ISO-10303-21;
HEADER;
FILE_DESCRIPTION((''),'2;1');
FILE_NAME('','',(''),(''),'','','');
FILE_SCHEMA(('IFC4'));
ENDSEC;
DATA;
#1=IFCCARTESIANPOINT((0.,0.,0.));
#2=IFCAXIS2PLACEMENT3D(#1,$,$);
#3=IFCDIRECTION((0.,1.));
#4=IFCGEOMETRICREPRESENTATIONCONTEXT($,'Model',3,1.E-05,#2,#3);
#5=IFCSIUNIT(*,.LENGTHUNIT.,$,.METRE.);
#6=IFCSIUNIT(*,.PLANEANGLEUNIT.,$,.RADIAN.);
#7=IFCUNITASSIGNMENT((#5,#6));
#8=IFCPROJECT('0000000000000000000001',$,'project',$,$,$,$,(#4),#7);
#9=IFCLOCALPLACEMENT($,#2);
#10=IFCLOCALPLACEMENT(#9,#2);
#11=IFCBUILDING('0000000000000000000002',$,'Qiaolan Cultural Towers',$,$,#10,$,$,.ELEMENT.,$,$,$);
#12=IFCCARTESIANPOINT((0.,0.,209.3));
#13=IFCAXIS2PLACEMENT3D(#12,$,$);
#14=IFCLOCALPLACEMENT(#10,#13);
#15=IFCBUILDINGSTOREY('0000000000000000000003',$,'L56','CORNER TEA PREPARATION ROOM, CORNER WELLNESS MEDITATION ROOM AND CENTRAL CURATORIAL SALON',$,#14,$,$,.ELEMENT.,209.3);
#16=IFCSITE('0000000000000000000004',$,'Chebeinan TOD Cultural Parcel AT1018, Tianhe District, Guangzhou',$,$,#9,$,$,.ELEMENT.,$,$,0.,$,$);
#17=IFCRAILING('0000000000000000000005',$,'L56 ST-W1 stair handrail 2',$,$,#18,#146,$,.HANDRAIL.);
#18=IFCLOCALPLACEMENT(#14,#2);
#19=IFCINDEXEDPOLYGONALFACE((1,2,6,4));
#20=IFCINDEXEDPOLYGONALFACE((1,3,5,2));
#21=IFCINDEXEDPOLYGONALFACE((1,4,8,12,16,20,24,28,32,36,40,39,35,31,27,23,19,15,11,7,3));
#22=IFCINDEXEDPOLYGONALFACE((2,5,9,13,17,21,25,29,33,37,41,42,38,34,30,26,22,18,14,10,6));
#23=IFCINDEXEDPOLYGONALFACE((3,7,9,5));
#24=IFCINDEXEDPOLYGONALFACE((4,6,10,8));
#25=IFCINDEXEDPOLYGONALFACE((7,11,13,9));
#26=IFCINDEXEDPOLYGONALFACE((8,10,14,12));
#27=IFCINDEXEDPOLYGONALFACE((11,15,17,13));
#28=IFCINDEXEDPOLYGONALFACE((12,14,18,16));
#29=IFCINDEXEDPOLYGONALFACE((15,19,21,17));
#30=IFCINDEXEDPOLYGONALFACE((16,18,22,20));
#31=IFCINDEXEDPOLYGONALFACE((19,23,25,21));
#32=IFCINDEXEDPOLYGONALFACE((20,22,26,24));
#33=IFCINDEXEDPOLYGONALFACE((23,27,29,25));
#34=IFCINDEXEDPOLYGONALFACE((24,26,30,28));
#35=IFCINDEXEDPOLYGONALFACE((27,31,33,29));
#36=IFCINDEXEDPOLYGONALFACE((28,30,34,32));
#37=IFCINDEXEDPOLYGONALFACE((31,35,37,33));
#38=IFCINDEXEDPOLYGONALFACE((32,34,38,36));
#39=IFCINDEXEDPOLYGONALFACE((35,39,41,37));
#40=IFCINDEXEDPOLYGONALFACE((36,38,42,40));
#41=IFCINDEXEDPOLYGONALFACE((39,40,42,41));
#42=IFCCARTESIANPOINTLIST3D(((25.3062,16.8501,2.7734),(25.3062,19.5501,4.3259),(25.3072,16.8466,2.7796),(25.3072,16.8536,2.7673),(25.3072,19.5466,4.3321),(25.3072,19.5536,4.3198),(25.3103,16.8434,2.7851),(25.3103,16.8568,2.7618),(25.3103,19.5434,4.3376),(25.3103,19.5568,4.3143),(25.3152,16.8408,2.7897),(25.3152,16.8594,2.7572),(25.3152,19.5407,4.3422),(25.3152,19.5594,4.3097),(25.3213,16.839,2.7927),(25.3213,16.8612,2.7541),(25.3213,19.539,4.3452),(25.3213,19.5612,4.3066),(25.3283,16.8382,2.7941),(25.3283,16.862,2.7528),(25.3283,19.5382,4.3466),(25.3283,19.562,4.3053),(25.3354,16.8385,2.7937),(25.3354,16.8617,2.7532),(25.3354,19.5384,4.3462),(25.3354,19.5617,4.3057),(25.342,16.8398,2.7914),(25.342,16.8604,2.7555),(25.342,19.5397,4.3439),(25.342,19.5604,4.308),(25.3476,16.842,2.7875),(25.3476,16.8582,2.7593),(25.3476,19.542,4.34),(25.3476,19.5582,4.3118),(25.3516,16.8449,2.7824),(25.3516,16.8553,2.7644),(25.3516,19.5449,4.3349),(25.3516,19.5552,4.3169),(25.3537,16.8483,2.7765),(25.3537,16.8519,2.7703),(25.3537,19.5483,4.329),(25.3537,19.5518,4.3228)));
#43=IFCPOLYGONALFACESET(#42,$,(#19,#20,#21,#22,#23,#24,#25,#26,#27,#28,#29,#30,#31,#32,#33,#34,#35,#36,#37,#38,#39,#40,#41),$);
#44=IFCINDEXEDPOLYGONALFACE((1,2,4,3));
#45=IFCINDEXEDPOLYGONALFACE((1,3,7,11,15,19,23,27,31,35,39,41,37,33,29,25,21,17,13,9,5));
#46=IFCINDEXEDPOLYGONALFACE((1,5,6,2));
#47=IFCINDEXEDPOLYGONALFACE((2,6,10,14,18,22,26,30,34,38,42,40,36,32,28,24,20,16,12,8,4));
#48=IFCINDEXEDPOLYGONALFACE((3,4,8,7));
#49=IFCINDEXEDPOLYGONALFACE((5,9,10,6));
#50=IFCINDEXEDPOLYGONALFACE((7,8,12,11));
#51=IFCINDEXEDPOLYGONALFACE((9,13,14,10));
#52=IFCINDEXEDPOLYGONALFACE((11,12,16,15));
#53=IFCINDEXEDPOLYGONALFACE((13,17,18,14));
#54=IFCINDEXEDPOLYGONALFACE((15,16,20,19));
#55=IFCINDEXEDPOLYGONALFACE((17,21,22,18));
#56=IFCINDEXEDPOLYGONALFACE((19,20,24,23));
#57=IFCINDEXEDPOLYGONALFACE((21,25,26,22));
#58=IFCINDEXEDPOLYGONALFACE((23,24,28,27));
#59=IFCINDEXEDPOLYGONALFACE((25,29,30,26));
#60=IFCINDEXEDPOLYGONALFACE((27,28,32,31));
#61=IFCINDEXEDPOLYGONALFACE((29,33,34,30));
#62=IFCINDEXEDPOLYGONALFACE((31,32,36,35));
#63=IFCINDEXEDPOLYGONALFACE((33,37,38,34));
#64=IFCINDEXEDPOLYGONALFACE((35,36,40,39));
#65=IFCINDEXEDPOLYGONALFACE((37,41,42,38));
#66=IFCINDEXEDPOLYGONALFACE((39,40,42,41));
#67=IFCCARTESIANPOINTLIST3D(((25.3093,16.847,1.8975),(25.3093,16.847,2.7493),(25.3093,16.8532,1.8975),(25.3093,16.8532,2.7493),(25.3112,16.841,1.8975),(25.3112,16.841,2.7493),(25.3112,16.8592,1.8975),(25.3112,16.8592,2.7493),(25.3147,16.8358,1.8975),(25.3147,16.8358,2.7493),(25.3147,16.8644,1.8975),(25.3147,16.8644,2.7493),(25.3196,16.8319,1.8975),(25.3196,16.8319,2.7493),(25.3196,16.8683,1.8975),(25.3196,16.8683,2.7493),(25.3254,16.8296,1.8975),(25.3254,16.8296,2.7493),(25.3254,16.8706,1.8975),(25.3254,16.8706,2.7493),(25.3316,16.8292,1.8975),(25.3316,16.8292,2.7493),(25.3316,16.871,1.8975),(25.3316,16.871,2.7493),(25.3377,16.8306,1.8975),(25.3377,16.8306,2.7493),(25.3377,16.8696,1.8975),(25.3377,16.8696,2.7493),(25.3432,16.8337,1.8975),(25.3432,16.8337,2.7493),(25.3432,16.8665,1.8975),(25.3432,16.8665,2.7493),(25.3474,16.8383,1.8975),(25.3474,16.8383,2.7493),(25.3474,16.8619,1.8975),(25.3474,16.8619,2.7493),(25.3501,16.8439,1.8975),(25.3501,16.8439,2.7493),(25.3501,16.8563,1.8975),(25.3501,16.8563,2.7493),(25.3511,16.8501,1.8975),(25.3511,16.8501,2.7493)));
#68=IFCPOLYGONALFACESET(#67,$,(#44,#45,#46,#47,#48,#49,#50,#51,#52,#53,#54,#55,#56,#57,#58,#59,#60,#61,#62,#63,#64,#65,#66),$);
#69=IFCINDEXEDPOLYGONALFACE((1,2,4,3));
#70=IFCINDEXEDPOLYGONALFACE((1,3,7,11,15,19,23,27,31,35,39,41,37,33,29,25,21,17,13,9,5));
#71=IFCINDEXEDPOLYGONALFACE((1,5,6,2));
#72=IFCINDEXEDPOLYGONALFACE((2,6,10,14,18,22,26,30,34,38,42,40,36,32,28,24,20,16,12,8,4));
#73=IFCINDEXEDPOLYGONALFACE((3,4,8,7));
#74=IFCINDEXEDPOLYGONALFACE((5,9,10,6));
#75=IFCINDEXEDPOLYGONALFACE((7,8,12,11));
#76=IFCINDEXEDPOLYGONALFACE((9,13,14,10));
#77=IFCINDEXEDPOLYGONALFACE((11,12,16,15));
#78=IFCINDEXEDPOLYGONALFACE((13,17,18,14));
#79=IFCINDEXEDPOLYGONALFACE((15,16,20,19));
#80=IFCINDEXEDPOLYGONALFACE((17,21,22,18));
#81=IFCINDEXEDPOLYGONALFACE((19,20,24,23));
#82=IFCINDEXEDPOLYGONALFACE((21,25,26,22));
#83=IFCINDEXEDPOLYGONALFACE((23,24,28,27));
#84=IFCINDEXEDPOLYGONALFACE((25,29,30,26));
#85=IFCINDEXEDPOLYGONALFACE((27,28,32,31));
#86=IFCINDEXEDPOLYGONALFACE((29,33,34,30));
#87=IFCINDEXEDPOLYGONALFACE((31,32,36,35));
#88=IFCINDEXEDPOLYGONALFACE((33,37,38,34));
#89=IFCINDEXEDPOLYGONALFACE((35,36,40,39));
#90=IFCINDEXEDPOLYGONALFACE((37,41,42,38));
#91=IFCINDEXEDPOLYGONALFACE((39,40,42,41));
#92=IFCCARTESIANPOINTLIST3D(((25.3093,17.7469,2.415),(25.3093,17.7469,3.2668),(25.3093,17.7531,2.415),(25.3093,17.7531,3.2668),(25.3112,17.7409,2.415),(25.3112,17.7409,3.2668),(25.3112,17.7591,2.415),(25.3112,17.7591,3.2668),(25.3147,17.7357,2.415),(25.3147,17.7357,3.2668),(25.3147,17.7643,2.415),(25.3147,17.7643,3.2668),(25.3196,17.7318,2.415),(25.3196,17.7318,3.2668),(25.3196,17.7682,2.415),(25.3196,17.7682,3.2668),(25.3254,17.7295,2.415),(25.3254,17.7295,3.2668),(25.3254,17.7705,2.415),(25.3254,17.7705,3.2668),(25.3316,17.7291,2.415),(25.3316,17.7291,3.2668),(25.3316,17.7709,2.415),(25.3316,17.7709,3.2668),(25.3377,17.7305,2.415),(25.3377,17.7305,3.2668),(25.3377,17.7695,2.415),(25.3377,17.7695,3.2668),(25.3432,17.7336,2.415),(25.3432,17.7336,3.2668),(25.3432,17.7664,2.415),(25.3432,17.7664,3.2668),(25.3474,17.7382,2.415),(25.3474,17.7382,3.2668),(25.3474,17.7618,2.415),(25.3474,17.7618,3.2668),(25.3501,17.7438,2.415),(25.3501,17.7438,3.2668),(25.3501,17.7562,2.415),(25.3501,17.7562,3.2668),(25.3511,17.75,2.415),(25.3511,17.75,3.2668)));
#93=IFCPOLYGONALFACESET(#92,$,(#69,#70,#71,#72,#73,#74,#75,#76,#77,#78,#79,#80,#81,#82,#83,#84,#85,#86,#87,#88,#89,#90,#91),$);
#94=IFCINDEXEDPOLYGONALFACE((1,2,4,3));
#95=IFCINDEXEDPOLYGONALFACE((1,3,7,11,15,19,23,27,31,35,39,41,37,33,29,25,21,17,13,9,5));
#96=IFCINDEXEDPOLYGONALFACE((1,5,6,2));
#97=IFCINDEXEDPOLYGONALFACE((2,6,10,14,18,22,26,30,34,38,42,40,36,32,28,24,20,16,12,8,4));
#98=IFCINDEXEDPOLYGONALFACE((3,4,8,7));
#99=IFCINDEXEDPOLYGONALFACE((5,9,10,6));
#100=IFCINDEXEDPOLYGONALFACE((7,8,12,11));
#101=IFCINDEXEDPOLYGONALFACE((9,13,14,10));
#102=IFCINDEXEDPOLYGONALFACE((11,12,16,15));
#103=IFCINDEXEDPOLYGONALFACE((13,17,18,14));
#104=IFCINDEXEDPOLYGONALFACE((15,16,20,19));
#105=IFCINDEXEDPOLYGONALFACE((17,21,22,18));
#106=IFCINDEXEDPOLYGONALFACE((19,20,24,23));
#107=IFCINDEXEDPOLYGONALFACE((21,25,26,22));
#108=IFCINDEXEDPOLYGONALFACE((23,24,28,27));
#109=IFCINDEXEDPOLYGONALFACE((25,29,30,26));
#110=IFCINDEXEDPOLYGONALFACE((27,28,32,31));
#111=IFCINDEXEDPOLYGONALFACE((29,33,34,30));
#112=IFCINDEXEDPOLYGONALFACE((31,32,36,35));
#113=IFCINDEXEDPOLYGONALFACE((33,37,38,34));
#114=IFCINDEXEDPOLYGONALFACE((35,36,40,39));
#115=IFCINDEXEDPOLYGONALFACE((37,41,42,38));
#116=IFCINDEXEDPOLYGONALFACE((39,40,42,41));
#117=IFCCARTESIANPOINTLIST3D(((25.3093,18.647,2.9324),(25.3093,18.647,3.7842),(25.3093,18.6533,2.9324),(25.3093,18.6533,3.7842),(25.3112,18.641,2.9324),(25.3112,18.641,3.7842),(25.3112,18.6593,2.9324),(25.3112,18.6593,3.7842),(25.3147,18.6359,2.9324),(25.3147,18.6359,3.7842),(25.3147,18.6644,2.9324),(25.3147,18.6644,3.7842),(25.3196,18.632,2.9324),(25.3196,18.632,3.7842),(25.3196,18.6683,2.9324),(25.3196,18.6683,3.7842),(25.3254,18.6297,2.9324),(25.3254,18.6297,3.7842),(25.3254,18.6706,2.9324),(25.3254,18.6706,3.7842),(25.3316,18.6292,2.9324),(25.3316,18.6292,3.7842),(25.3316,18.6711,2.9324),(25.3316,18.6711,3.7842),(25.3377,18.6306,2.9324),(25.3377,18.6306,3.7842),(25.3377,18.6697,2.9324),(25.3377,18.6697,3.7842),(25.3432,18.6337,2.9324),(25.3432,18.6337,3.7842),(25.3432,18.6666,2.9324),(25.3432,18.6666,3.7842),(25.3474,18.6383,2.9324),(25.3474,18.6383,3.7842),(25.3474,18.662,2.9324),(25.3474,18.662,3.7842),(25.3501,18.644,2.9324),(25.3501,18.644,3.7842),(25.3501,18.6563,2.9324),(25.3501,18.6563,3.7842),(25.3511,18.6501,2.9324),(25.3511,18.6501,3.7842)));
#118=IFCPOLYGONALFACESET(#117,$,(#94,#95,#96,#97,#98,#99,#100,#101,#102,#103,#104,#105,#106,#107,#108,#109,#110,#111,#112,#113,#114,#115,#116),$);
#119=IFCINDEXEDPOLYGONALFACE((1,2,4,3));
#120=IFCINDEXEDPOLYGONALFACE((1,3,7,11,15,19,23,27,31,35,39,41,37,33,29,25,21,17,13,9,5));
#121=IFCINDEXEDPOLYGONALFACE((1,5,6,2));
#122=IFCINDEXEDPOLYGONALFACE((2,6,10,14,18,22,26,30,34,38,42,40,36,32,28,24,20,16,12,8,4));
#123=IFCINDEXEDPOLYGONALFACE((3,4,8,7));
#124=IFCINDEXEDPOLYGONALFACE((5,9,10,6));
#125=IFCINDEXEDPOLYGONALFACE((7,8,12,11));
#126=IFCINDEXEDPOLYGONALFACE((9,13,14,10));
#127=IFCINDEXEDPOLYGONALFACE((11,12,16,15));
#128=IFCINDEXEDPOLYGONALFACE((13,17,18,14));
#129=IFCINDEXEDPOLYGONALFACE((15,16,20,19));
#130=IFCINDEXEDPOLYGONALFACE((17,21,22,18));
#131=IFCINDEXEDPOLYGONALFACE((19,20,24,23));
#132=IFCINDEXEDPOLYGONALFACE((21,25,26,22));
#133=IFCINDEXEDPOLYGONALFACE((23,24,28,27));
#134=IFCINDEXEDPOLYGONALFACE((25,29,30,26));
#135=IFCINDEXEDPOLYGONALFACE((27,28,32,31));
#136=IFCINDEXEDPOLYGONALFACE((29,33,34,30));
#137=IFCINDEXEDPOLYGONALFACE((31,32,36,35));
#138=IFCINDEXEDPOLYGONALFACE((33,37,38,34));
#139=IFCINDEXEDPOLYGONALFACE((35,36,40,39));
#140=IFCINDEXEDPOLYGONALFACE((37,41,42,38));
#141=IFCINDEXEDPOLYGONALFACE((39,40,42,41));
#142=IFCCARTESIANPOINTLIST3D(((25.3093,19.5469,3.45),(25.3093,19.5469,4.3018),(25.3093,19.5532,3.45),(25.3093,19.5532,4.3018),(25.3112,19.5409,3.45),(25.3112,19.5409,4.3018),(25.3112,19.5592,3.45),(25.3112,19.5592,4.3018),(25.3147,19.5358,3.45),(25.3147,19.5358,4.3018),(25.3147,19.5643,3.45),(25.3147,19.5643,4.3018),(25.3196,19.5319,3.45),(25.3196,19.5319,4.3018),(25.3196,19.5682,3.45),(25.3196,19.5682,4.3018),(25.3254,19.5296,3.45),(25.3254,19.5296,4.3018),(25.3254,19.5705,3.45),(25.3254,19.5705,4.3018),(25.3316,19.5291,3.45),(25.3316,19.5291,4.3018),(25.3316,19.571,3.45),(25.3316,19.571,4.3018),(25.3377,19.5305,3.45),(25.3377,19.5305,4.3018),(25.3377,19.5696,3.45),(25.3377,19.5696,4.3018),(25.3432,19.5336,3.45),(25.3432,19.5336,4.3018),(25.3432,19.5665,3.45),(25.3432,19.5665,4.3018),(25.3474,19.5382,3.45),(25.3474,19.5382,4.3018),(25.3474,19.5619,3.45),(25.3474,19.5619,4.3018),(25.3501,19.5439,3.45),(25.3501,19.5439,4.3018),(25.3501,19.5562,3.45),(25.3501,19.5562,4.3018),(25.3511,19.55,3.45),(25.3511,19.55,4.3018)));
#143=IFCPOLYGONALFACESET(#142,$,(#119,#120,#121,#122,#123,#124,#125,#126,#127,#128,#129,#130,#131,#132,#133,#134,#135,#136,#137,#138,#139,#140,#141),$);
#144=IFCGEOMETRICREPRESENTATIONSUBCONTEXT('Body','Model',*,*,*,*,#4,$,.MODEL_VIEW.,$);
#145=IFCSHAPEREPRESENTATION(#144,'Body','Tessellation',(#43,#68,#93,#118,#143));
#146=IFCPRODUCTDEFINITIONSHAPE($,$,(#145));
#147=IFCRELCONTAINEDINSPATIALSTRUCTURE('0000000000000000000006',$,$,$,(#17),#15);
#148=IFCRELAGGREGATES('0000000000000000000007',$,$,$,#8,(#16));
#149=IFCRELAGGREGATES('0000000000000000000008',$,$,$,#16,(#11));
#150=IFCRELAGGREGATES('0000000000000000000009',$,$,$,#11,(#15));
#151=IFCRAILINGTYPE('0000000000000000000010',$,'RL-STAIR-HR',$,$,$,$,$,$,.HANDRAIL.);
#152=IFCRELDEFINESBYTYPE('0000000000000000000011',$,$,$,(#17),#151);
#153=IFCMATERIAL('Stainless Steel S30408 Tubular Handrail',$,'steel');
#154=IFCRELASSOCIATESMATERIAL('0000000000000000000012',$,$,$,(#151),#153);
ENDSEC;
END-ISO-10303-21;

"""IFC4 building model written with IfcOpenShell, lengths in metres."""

from ifc_helpers import new_model, si_unit, direction, frame, origin, origin_2d, place, context, subcontext, project, spatial, circle, extrude, material, type_object, element, save


model = new_model("IFC4")

# Units and contexts
model_context = context("Model", 3, precision=1e-05, world=origin(), true_north=direction((0.0, 1.0)))
body_context = subcontext(model_context, "Body", "Model", "MODEL_VIEW")
ifc_project = project(units=[si_unit("LENGTHUNIT", "METRE"), si_unit("PLANEANGLEUNIT", "RADIAN")], contexts=[model_context])

# Site, building, storey
site_placement = place(None, origin())
site = spatial("IfcSite", under=ifc_project, at=site_placement, Name="Chebeinan TOD Cultural Parcel AT1018, Tianhe District, Guangzhou", CompositionType="ELEMENT", RefElevation=0.0)
building_placement = place(site_placement, origin())
building = spatial("IfcBuilding", under=site, at=building_placement, Name="Qiaolan Cultural Towers", CompositionType="ELEMENT")
storey_placement = place(building_placement, frame((0.0, 0.0, 209.3)))
storey = spatial("IfcBuildingStorey", under=building, at=storey_placement, Name="L56", Description="CORNER TEA PREPARATION ROOM, CORNER WELLNESS MEDITATION ROOM AND CENTRAL CURATORIAL SALON", CompositionType="ELEMENT", Elevation=209.3)

# Railing
ifc_material_1 = material(Name="Stainless Steel S30408 Tubular Handrail", Category="steel")
railing_type_1 = type_object("IfcRailingType", Name="RL-STAIR-HR", PredefinedType="HANDRAIL", material=ifc_material_1)
railing_1_placement = place(storey_placement, frame((25.3301, 16.8501, 1.8975)))
element("IfcRailing", 1, at=railing_1_placement, inside=storey, type_object=railing_type_1, Name="L56 ST-W1 stair handrail 2", PredefinedType="HANDRAIL", context=body_context, shape_type="SweptSolid", body=[
    extrude(circle(Radius=0.0239, at=origin_2d()), frame((0.0, 0.0, 0.876), z_axis=(0.0, 0.866904, 0.498476), x_axis=(-1.0, 0.0, 0.0)), (0.0, 0.0, 1.0), 3.1145),
    extrude(circle(Radius=0.021, at=origin_2d()), origin(), (0.0, 0.0, 1.0), 0.8518),
    extrude(circle(Radius=0.021, at=origin_2d()), frame((0.0, 0.8999, 0.5176)), (0.0, 0.0, 1.0), 0.8518),
    extrude(circle(Radius=0.021, at=origin_2d()), frame((0.0, 1.8, 1.0349)), (0.0, 0.0, 1.0), 0.8518),
    extrude(circle(Radius=0.021, at=origin_2d()), frame((0.0, 2.7, 1.5525)), (0.0, 0.0, 1.0), 0.8518),
])

save(model, "model.ifc")
